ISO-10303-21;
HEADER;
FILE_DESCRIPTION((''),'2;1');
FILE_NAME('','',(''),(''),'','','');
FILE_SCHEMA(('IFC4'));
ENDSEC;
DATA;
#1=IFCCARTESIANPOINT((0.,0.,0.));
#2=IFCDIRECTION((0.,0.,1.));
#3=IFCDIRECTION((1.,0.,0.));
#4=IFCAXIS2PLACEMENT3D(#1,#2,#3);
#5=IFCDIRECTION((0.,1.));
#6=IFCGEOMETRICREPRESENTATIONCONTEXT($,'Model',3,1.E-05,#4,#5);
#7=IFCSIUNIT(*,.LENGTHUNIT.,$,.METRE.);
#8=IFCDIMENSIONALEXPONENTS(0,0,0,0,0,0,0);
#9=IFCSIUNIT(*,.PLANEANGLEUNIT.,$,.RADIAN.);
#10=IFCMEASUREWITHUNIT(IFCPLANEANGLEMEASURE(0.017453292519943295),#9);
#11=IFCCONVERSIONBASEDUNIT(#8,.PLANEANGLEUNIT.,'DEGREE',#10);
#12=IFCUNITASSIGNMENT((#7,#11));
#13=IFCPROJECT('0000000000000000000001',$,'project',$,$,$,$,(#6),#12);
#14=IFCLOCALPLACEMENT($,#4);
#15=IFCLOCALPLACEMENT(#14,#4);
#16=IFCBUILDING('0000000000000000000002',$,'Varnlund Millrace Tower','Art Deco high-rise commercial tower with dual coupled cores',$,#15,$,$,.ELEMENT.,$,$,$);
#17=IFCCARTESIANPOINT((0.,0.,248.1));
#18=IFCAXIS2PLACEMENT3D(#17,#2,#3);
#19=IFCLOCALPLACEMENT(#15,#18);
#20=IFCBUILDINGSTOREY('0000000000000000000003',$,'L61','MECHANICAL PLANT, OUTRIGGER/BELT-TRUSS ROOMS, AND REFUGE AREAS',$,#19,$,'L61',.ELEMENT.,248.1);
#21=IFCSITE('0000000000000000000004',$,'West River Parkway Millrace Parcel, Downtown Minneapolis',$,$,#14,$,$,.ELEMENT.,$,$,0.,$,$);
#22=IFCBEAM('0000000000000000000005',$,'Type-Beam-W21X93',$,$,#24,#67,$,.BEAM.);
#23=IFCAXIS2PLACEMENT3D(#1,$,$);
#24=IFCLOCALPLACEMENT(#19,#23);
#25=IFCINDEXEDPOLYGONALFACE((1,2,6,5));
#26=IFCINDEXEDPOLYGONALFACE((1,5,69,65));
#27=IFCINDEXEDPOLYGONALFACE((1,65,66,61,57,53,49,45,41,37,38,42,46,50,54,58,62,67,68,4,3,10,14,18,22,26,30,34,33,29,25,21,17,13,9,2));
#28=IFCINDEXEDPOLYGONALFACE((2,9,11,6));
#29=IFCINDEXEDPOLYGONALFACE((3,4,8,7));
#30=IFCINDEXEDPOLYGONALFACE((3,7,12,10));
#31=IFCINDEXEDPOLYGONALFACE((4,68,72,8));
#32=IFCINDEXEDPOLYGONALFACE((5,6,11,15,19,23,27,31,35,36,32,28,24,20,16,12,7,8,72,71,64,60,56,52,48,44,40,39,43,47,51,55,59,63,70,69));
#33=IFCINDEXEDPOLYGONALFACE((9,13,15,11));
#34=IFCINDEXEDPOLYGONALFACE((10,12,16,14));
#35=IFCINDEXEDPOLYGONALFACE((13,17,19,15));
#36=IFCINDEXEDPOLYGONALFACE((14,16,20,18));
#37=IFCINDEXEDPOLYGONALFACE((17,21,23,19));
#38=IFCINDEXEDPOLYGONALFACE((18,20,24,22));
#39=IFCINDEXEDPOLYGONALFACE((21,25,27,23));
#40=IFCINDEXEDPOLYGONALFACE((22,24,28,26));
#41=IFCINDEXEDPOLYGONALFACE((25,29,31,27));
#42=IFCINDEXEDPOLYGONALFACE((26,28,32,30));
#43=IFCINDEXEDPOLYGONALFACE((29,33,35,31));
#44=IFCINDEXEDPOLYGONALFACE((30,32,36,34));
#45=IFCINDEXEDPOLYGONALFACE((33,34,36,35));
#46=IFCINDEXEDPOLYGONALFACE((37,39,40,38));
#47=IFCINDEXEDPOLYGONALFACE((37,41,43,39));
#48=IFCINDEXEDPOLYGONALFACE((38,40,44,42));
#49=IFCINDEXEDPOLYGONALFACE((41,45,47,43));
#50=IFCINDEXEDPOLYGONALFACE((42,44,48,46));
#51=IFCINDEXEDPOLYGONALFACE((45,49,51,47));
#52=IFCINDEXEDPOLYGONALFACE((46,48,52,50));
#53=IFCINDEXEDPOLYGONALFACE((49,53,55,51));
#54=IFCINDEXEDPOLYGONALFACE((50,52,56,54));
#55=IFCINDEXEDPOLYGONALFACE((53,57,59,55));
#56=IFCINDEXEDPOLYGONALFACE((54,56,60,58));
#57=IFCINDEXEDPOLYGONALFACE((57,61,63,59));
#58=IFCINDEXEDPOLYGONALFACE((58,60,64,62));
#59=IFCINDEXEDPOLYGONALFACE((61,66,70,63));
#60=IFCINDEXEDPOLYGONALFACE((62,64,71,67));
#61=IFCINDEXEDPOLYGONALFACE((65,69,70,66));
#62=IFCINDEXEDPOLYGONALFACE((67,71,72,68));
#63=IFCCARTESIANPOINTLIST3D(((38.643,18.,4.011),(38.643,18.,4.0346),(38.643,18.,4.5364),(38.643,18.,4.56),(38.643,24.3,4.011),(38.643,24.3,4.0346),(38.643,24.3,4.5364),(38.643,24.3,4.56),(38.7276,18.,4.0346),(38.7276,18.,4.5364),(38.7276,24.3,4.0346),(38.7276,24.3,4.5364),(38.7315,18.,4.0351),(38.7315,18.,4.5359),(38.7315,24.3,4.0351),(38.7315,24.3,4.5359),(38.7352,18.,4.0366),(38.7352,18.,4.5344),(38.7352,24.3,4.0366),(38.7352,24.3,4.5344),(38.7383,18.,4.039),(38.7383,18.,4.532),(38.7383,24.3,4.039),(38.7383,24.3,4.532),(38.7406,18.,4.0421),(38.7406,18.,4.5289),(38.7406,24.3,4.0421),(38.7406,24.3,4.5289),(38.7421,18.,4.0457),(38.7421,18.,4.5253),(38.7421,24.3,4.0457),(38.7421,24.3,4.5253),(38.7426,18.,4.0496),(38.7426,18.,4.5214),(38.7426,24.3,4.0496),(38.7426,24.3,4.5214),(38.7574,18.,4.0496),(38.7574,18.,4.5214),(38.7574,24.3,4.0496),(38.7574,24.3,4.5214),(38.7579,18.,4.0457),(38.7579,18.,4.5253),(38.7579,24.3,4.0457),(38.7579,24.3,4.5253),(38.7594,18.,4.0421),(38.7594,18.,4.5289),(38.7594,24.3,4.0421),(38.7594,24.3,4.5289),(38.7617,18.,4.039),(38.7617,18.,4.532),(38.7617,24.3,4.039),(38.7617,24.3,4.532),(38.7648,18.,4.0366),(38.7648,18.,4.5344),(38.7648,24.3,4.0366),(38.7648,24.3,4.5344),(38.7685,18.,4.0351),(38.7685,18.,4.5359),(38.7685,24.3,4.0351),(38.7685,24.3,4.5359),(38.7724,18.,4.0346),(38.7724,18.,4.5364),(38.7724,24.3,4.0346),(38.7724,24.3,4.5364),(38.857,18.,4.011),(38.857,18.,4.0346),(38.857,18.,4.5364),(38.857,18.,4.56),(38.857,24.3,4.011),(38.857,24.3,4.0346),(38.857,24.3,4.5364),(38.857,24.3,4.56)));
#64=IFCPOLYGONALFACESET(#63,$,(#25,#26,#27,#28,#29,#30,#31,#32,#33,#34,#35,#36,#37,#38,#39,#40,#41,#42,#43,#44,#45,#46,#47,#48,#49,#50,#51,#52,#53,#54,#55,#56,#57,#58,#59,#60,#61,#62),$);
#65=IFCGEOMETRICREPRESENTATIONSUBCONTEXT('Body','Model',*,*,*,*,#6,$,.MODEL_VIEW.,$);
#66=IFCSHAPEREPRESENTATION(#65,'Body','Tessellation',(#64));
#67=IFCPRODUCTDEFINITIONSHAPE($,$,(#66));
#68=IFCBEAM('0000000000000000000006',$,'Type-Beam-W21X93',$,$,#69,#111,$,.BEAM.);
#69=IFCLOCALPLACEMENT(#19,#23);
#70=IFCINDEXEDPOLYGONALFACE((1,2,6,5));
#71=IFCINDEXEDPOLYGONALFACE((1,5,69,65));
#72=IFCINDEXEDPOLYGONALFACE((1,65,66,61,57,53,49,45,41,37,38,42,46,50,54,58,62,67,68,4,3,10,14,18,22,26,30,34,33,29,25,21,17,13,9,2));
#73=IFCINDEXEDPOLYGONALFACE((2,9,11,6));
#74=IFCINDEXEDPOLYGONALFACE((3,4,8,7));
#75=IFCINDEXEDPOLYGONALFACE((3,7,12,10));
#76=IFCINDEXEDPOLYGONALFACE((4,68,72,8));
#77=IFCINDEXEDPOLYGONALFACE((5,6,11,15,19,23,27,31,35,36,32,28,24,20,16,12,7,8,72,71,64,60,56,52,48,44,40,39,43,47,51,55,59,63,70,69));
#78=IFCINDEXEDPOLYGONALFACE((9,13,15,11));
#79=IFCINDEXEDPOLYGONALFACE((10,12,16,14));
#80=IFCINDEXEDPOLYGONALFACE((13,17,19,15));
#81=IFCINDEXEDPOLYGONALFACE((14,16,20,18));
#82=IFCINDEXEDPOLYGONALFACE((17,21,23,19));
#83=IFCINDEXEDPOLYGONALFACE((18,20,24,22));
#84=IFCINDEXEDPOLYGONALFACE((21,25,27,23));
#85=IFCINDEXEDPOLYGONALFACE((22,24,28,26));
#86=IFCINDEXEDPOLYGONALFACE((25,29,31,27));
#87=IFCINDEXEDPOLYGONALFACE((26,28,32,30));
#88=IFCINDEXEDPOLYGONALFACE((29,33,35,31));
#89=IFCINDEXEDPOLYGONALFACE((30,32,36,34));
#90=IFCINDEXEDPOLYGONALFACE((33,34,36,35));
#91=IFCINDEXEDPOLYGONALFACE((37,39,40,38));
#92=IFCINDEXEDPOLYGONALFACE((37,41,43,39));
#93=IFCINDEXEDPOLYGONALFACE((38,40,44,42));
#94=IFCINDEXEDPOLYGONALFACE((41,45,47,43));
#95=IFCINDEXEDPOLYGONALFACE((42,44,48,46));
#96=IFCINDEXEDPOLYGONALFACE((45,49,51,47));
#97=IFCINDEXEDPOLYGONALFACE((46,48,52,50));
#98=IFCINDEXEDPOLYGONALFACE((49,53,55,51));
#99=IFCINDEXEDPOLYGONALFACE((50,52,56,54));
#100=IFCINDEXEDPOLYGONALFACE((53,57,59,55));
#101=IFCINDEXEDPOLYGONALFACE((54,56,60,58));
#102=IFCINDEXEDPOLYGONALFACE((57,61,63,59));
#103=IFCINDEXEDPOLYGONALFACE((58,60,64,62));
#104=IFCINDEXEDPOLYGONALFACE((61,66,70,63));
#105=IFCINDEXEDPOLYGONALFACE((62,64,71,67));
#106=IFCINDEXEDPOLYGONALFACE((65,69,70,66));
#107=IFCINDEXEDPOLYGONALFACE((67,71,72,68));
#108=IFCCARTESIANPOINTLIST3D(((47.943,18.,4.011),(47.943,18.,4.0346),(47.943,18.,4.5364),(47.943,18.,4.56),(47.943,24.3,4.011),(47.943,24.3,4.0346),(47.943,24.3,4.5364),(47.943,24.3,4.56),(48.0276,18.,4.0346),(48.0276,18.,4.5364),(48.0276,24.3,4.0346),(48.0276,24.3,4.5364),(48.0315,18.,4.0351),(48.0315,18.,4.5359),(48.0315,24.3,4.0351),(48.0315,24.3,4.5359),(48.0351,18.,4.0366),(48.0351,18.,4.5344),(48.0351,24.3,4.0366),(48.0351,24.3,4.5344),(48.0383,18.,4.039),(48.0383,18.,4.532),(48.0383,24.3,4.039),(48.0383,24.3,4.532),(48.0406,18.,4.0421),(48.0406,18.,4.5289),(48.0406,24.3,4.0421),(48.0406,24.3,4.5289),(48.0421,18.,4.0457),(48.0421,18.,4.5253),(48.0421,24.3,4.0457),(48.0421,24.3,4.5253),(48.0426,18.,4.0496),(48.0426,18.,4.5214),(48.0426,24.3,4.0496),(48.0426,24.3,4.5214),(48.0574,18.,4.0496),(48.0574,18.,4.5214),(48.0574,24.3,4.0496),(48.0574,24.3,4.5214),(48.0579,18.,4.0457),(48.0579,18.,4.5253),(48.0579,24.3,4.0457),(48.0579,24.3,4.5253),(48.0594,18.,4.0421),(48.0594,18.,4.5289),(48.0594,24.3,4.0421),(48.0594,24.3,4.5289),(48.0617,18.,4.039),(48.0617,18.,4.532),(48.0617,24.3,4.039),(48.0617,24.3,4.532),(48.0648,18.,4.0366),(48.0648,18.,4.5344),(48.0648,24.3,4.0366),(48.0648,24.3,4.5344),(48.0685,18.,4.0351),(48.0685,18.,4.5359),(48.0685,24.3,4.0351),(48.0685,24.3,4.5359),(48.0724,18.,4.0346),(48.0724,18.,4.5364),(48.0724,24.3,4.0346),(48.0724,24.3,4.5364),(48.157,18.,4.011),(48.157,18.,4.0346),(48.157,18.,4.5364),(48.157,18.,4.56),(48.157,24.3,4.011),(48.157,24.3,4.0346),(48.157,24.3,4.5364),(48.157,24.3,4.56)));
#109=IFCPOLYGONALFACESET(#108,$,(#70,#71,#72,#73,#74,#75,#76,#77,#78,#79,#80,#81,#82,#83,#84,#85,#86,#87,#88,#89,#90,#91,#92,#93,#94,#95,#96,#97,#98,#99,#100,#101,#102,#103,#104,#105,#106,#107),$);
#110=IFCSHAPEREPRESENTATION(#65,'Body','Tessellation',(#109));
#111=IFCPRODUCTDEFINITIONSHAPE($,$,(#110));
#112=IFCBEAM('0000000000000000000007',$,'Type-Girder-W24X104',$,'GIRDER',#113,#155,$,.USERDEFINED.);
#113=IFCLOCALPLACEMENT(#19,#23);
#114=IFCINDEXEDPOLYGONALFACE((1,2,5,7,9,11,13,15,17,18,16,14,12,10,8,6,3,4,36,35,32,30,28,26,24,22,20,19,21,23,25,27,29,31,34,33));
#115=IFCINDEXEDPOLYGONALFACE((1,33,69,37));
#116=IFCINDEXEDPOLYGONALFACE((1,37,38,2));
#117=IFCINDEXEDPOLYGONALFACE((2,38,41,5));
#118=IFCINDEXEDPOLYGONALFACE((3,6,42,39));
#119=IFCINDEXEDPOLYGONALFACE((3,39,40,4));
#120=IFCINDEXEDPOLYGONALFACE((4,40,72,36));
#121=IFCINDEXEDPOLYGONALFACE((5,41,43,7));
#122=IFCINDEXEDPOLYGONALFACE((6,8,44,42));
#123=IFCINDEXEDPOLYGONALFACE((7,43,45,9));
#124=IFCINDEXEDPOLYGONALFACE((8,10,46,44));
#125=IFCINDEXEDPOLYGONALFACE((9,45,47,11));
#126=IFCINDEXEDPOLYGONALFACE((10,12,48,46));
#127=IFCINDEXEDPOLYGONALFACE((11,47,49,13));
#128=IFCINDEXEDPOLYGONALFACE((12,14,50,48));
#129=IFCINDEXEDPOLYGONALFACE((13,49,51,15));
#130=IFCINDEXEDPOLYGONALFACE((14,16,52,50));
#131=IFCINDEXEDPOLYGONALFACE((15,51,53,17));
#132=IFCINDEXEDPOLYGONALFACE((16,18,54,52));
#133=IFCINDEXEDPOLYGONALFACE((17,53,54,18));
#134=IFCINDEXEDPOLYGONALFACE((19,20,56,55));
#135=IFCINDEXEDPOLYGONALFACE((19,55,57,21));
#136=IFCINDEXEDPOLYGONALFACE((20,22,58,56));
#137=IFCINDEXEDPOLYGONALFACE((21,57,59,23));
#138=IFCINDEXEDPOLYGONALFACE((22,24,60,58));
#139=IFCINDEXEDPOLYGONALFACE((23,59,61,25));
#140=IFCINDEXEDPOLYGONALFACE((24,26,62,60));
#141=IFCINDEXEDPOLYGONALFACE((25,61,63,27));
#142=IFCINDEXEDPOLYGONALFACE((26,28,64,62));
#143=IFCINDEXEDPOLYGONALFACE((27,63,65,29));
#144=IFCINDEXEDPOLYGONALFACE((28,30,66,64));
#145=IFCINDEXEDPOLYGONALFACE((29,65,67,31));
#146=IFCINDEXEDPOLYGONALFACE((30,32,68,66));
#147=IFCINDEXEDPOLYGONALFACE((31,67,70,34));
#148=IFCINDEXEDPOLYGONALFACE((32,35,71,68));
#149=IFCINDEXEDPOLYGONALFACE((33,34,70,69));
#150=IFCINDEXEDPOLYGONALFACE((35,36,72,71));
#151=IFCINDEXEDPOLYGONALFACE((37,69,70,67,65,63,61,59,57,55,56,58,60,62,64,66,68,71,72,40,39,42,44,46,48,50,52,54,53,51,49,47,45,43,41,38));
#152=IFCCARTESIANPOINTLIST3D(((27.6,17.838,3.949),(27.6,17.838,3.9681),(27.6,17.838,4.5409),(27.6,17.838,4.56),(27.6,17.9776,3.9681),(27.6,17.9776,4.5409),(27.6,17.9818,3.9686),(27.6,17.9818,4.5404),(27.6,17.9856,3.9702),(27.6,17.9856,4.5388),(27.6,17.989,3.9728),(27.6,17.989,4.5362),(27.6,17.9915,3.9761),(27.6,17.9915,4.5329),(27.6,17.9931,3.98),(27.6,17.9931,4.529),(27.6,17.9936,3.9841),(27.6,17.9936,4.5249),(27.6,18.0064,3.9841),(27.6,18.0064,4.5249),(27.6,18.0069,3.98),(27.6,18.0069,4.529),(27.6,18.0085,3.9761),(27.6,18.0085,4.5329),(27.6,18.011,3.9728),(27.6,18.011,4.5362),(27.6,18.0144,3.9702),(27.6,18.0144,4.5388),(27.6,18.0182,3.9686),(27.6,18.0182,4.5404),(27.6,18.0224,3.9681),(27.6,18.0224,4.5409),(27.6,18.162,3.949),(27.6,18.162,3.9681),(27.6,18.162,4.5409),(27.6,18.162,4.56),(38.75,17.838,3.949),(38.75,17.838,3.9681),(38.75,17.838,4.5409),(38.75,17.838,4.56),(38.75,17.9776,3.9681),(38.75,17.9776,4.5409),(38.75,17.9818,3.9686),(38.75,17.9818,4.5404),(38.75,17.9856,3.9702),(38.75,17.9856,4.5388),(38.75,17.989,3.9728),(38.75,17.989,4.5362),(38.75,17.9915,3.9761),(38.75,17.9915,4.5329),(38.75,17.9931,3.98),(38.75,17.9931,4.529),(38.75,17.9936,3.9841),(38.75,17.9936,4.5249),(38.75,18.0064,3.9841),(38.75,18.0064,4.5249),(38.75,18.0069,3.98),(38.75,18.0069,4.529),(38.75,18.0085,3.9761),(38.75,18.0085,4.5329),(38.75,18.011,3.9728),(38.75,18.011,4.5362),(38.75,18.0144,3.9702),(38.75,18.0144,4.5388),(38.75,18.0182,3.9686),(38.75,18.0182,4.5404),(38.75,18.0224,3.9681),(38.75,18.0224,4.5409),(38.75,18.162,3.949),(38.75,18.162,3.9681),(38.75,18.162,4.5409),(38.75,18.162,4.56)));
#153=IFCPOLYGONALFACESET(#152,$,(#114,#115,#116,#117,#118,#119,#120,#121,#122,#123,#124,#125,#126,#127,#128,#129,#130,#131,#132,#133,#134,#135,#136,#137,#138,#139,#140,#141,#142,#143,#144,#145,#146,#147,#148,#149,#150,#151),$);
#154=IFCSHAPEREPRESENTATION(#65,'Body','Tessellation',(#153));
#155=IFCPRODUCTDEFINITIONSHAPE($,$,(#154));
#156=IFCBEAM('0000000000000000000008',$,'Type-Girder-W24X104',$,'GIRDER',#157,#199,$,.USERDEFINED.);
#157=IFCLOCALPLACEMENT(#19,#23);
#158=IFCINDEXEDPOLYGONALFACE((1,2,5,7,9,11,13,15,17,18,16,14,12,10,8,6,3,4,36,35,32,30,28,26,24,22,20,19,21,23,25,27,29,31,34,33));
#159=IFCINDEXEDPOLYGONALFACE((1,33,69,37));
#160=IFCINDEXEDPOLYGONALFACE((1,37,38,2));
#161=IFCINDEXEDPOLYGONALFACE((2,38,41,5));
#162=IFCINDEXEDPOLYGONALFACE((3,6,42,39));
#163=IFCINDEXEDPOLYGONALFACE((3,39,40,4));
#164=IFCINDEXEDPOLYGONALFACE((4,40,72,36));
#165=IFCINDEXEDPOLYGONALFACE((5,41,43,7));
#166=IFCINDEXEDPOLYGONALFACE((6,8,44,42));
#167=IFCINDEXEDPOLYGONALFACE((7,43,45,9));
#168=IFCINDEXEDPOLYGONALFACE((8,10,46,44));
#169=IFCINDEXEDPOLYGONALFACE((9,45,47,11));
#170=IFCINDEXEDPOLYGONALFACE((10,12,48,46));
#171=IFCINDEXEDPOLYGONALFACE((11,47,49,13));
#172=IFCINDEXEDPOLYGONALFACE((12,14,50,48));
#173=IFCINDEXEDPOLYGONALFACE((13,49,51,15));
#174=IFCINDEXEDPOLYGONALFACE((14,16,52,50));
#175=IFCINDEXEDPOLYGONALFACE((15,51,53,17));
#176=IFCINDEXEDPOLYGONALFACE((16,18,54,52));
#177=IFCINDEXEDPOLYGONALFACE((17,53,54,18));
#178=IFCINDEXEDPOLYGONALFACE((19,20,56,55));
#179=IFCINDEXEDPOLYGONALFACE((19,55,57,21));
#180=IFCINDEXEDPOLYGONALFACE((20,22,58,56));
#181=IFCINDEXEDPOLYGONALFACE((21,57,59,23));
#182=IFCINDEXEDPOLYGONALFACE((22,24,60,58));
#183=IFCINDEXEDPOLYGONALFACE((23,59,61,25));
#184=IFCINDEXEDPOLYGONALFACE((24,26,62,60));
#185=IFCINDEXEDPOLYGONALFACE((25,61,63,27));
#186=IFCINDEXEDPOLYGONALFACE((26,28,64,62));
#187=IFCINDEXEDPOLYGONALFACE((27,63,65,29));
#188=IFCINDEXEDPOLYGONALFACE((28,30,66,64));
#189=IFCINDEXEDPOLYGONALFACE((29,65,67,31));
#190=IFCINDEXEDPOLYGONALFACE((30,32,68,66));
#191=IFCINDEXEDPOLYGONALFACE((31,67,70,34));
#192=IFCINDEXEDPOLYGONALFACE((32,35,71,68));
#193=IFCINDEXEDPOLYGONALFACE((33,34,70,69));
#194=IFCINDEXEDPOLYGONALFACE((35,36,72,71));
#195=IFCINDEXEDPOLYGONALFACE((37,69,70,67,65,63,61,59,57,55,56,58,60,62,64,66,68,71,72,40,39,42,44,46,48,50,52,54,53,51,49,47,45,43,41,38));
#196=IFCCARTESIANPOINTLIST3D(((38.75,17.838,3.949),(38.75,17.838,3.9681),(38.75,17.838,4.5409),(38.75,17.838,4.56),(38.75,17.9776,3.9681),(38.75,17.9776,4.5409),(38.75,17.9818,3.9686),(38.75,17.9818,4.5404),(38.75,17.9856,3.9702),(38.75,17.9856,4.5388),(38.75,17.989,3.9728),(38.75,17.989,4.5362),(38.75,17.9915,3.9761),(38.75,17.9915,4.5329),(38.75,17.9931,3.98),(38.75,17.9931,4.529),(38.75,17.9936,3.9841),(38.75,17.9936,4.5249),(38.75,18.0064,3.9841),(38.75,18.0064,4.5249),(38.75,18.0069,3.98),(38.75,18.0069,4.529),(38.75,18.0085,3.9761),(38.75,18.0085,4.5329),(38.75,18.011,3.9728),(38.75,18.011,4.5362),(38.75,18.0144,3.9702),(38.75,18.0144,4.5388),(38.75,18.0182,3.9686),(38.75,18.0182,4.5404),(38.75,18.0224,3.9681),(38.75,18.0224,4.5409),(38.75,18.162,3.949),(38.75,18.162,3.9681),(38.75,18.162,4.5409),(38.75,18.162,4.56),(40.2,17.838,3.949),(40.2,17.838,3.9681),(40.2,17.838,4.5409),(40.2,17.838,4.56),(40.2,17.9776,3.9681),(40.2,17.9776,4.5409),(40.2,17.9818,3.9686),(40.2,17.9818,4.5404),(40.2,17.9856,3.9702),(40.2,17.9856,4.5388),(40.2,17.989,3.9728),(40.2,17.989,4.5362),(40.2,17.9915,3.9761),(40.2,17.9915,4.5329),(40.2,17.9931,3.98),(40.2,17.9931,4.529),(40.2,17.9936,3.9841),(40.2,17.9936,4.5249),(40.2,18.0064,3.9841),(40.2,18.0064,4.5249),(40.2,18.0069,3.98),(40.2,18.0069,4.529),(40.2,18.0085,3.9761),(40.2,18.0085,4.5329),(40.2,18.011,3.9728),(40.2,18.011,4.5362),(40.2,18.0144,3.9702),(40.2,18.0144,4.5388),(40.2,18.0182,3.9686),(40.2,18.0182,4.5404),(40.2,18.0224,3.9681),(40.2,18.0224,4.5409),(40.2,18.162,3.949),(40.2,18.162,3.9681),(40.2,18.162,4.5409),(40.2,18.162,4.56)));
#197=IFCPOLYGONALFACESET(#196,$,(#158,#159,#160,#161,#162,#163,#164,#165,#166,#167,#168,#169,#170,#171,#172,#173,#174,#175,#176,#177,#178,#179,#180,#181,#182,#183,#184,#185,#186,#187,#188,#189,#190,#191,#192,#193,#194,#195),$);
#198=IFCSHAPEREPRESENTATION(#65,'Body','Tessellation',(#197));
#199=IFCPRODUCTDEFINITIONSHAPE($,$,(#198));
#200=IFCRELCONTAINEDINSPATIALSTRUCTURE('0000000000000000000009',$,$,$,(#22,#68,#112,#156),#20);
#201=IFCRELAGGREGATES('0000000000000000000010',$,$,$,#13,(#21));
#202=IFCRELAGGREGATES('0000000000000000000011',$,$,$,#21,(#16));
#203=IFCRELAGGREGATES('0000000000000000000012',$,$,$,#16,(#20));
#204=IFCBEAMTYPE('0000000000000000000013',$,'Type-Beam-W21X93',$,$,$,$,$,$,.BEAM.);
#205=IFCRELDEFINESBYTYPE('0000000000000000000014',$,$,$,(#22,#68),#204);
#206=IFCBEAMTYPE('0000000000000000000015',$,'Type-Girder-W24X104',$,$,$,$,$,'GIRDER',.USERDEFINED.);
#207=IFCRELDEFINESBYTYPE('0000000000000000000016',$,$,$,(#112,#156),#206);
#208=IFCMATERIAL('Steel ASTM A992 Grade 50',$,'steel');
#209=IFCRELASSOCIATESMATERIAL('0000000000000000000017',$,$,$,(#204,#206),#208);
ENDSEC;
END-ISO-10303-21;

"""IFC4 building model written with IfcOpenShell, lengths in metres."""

from ifc_helpers import new_model, entity, si_unit, converted_unit, direction, frame, origin_with_axes, origin_2d_with_axis, place, context, subcontext, project, spatial, i_section, extrude, material, material_profile, profile_set, type_object, element, save


model = new_model("IFC4")

# Units and contexts
model_context = context("Model", 3, precision=1e-05, world=origin_with_axes(), true_north=direction((0.0, 1.0)))
body_context = subcontext(model_context, "Body", "Model", "MODEL_VIEW")
ifc_project = project(units=[si_unit("LENGTHUNIT", "METRE"), converted_unit("PLANEANGLEUNIT", "DEGREE", entity("IfcPlaneAngleMeasure", 0.017453292519943295), si_unit("PLANEANGLEUNIT", "RADIAN"), dimensions=[0, 0, 0, 0, 0, 0, 0])], contexts=[model_context])

# Site, building, storey
site_placement = place(None, origin_with_axes())
site = spatial("IfcSite", under=ifc_project, at=site_placement, Name="West River Parkway Millrace Parcel, Downtown Minneapolis", CompositionType="ELEMENT", RefElevation=0.0)
building_placement = place(site_placement, origin_with_axes())
building = spatial("IfcBuilding", under=site, at=building_placement, Name="Varnlund Millrace Tower", Description="Art Deco high-rise commercial tower with dual coupled cores", CompositionType="ELEMENT")
storey_placement = place(building_placement, frame((0.0, 0.0, 248.1), z_axis=(0.0, 0.0, 1.0), x_axis=(1.0, 0.0, 0.0)))
storey = spatial("IfcBuildingStorey", under=building, at=storey_placement, Name="L61", Description="MECHANICAL PLANT, OUTRIGGER/BELT-TRUSS ROOMS, AND REFUGE AREAS", LongName="L61", CompositionType="ELEMENT", Elevation=248.1)

# Beams
ifc_material_1 = material(Name="Steel ASTM A992 Grade 50", Category="steel")
ifc_material_profile_1 = material_profile(ifc_material_1, i_section(OverallWidth=0.214, OverallDepth=0.549, WebThickness=0.0147, FlangeThickness=0.0236, FilletRadius=0.015, at=origin_2d_with_axis()), Name="Steel ASTM A992 Grade 50")
ifc_profile_set_1 = profile_set([ifc_material_profile_1], Name="Steel ASTM A992 Grade 50")
beam_type_1 = type_object("IfcBeamType", Name="Type-Beam-W21X93", PredefinedType="BEAM", material=ifc_profile_set_1)
for number, where, z_axis, x_axis, name in (
    (1, (38.75, 18.0, 4.2855), (0.0, 1.0, 0.0), (-1.0, 0.0, 0.0), "Type-Beam-W21X93"),
    (2, (48.05, 18.0, 4.2855), (0.0, 1.0, 0.0), (-1.0, 0.0, 0.0), "Type-Beam-W21X93"),
):
    element("IfcBeam", number, at=place(storey_placement, frame(where, z_axis=z_axis, x_axis=x_axis)), inside=storey, type_object=beam_type_1, Name=name, PredefinedType="BEAM", context=body_context, shape_type="SweptSolid", body=[
        extrude(i_section(OverallWidth=0.214, OverallDepth=0.549, WebThickness=0.0147, FlangeThickness=0.0236, FilletRadius=0.015, at=origin_2d_with_axis()), origin_with_axes(), (0.0, 0.0, 1.0), 6.3),
    ])
ifc_material_profile_2 = material_profile(ifc_material_1, i_section(OverallWidth=0.324, OverallDepth=0.611, WebThickness=0.0127, FlangeThickness=0.0191, FilletRadius=0.016, at=origin_2d_with_axis()), Name="Steel ASTM A992 Grade 50")
ifc_profile_set_2 = profile_set([ifc_material_profile_2], Name="Steel ASTM A992 Grade 50")
beam_type_2 = type_object("IfcBeamType", Name="Type-Girder-W24X104", ElementType="GIRDER", PredefinedType="USERDEFINED", material=ifc_profile_set_2)
beam_1_placement = place(storey_placement, frame((27.6, 18.0, 4.2545), z_axis=(1.0, 0.0, 0.0), x_axis=(0.0, 1.0, 0.0)))
element("IfcBeam", 3, at=beam_1_placement, inside=storey, type_object=beam_type_2, Name="Type-Girder-W24X104", ObjectType="GIRDER", PredefinedType="USERDEFINED", context=body_context, shape_type="SweptSolid", body=[
    extrude(i_section(OverallWidth=0.324, OverallDepth=0.611, WebThickness=0.0127, FlangeThickness=0.0191, FilletRadius=0.016, at=origin_2d_with_axis()), origin_with_axes(), (0.0, 0.0, 1.0), 11.15),
])
beam_2_placement = place(storey_placement, frame((38.75, 18.0, 4.2545), z_axis=(1.0, 0.0, 0.0), x_axis=(0.0, 1.0, 0.0)))
element("IfcBeam", 4, at=beam_2_placement, inside=storey, type_object=beam_type_2, Name="Type-Girder-W24X104", ObjectType="GIRDER", PredefinedType="USERDEFINED", context=body_context, shape_type="SweptSolid", body=[
    extrude(i_section(OverallWidth=0.324, OverallDepth=0.611, WebThickness=0.0127, FlangeThickness=0.0191, FilletRadius=0.016, at=origin_2d_with_axis()), origin_with_axes(), (0.0, 0.0, 1.0), 1.45),
])

save(model, "model.ifc")
